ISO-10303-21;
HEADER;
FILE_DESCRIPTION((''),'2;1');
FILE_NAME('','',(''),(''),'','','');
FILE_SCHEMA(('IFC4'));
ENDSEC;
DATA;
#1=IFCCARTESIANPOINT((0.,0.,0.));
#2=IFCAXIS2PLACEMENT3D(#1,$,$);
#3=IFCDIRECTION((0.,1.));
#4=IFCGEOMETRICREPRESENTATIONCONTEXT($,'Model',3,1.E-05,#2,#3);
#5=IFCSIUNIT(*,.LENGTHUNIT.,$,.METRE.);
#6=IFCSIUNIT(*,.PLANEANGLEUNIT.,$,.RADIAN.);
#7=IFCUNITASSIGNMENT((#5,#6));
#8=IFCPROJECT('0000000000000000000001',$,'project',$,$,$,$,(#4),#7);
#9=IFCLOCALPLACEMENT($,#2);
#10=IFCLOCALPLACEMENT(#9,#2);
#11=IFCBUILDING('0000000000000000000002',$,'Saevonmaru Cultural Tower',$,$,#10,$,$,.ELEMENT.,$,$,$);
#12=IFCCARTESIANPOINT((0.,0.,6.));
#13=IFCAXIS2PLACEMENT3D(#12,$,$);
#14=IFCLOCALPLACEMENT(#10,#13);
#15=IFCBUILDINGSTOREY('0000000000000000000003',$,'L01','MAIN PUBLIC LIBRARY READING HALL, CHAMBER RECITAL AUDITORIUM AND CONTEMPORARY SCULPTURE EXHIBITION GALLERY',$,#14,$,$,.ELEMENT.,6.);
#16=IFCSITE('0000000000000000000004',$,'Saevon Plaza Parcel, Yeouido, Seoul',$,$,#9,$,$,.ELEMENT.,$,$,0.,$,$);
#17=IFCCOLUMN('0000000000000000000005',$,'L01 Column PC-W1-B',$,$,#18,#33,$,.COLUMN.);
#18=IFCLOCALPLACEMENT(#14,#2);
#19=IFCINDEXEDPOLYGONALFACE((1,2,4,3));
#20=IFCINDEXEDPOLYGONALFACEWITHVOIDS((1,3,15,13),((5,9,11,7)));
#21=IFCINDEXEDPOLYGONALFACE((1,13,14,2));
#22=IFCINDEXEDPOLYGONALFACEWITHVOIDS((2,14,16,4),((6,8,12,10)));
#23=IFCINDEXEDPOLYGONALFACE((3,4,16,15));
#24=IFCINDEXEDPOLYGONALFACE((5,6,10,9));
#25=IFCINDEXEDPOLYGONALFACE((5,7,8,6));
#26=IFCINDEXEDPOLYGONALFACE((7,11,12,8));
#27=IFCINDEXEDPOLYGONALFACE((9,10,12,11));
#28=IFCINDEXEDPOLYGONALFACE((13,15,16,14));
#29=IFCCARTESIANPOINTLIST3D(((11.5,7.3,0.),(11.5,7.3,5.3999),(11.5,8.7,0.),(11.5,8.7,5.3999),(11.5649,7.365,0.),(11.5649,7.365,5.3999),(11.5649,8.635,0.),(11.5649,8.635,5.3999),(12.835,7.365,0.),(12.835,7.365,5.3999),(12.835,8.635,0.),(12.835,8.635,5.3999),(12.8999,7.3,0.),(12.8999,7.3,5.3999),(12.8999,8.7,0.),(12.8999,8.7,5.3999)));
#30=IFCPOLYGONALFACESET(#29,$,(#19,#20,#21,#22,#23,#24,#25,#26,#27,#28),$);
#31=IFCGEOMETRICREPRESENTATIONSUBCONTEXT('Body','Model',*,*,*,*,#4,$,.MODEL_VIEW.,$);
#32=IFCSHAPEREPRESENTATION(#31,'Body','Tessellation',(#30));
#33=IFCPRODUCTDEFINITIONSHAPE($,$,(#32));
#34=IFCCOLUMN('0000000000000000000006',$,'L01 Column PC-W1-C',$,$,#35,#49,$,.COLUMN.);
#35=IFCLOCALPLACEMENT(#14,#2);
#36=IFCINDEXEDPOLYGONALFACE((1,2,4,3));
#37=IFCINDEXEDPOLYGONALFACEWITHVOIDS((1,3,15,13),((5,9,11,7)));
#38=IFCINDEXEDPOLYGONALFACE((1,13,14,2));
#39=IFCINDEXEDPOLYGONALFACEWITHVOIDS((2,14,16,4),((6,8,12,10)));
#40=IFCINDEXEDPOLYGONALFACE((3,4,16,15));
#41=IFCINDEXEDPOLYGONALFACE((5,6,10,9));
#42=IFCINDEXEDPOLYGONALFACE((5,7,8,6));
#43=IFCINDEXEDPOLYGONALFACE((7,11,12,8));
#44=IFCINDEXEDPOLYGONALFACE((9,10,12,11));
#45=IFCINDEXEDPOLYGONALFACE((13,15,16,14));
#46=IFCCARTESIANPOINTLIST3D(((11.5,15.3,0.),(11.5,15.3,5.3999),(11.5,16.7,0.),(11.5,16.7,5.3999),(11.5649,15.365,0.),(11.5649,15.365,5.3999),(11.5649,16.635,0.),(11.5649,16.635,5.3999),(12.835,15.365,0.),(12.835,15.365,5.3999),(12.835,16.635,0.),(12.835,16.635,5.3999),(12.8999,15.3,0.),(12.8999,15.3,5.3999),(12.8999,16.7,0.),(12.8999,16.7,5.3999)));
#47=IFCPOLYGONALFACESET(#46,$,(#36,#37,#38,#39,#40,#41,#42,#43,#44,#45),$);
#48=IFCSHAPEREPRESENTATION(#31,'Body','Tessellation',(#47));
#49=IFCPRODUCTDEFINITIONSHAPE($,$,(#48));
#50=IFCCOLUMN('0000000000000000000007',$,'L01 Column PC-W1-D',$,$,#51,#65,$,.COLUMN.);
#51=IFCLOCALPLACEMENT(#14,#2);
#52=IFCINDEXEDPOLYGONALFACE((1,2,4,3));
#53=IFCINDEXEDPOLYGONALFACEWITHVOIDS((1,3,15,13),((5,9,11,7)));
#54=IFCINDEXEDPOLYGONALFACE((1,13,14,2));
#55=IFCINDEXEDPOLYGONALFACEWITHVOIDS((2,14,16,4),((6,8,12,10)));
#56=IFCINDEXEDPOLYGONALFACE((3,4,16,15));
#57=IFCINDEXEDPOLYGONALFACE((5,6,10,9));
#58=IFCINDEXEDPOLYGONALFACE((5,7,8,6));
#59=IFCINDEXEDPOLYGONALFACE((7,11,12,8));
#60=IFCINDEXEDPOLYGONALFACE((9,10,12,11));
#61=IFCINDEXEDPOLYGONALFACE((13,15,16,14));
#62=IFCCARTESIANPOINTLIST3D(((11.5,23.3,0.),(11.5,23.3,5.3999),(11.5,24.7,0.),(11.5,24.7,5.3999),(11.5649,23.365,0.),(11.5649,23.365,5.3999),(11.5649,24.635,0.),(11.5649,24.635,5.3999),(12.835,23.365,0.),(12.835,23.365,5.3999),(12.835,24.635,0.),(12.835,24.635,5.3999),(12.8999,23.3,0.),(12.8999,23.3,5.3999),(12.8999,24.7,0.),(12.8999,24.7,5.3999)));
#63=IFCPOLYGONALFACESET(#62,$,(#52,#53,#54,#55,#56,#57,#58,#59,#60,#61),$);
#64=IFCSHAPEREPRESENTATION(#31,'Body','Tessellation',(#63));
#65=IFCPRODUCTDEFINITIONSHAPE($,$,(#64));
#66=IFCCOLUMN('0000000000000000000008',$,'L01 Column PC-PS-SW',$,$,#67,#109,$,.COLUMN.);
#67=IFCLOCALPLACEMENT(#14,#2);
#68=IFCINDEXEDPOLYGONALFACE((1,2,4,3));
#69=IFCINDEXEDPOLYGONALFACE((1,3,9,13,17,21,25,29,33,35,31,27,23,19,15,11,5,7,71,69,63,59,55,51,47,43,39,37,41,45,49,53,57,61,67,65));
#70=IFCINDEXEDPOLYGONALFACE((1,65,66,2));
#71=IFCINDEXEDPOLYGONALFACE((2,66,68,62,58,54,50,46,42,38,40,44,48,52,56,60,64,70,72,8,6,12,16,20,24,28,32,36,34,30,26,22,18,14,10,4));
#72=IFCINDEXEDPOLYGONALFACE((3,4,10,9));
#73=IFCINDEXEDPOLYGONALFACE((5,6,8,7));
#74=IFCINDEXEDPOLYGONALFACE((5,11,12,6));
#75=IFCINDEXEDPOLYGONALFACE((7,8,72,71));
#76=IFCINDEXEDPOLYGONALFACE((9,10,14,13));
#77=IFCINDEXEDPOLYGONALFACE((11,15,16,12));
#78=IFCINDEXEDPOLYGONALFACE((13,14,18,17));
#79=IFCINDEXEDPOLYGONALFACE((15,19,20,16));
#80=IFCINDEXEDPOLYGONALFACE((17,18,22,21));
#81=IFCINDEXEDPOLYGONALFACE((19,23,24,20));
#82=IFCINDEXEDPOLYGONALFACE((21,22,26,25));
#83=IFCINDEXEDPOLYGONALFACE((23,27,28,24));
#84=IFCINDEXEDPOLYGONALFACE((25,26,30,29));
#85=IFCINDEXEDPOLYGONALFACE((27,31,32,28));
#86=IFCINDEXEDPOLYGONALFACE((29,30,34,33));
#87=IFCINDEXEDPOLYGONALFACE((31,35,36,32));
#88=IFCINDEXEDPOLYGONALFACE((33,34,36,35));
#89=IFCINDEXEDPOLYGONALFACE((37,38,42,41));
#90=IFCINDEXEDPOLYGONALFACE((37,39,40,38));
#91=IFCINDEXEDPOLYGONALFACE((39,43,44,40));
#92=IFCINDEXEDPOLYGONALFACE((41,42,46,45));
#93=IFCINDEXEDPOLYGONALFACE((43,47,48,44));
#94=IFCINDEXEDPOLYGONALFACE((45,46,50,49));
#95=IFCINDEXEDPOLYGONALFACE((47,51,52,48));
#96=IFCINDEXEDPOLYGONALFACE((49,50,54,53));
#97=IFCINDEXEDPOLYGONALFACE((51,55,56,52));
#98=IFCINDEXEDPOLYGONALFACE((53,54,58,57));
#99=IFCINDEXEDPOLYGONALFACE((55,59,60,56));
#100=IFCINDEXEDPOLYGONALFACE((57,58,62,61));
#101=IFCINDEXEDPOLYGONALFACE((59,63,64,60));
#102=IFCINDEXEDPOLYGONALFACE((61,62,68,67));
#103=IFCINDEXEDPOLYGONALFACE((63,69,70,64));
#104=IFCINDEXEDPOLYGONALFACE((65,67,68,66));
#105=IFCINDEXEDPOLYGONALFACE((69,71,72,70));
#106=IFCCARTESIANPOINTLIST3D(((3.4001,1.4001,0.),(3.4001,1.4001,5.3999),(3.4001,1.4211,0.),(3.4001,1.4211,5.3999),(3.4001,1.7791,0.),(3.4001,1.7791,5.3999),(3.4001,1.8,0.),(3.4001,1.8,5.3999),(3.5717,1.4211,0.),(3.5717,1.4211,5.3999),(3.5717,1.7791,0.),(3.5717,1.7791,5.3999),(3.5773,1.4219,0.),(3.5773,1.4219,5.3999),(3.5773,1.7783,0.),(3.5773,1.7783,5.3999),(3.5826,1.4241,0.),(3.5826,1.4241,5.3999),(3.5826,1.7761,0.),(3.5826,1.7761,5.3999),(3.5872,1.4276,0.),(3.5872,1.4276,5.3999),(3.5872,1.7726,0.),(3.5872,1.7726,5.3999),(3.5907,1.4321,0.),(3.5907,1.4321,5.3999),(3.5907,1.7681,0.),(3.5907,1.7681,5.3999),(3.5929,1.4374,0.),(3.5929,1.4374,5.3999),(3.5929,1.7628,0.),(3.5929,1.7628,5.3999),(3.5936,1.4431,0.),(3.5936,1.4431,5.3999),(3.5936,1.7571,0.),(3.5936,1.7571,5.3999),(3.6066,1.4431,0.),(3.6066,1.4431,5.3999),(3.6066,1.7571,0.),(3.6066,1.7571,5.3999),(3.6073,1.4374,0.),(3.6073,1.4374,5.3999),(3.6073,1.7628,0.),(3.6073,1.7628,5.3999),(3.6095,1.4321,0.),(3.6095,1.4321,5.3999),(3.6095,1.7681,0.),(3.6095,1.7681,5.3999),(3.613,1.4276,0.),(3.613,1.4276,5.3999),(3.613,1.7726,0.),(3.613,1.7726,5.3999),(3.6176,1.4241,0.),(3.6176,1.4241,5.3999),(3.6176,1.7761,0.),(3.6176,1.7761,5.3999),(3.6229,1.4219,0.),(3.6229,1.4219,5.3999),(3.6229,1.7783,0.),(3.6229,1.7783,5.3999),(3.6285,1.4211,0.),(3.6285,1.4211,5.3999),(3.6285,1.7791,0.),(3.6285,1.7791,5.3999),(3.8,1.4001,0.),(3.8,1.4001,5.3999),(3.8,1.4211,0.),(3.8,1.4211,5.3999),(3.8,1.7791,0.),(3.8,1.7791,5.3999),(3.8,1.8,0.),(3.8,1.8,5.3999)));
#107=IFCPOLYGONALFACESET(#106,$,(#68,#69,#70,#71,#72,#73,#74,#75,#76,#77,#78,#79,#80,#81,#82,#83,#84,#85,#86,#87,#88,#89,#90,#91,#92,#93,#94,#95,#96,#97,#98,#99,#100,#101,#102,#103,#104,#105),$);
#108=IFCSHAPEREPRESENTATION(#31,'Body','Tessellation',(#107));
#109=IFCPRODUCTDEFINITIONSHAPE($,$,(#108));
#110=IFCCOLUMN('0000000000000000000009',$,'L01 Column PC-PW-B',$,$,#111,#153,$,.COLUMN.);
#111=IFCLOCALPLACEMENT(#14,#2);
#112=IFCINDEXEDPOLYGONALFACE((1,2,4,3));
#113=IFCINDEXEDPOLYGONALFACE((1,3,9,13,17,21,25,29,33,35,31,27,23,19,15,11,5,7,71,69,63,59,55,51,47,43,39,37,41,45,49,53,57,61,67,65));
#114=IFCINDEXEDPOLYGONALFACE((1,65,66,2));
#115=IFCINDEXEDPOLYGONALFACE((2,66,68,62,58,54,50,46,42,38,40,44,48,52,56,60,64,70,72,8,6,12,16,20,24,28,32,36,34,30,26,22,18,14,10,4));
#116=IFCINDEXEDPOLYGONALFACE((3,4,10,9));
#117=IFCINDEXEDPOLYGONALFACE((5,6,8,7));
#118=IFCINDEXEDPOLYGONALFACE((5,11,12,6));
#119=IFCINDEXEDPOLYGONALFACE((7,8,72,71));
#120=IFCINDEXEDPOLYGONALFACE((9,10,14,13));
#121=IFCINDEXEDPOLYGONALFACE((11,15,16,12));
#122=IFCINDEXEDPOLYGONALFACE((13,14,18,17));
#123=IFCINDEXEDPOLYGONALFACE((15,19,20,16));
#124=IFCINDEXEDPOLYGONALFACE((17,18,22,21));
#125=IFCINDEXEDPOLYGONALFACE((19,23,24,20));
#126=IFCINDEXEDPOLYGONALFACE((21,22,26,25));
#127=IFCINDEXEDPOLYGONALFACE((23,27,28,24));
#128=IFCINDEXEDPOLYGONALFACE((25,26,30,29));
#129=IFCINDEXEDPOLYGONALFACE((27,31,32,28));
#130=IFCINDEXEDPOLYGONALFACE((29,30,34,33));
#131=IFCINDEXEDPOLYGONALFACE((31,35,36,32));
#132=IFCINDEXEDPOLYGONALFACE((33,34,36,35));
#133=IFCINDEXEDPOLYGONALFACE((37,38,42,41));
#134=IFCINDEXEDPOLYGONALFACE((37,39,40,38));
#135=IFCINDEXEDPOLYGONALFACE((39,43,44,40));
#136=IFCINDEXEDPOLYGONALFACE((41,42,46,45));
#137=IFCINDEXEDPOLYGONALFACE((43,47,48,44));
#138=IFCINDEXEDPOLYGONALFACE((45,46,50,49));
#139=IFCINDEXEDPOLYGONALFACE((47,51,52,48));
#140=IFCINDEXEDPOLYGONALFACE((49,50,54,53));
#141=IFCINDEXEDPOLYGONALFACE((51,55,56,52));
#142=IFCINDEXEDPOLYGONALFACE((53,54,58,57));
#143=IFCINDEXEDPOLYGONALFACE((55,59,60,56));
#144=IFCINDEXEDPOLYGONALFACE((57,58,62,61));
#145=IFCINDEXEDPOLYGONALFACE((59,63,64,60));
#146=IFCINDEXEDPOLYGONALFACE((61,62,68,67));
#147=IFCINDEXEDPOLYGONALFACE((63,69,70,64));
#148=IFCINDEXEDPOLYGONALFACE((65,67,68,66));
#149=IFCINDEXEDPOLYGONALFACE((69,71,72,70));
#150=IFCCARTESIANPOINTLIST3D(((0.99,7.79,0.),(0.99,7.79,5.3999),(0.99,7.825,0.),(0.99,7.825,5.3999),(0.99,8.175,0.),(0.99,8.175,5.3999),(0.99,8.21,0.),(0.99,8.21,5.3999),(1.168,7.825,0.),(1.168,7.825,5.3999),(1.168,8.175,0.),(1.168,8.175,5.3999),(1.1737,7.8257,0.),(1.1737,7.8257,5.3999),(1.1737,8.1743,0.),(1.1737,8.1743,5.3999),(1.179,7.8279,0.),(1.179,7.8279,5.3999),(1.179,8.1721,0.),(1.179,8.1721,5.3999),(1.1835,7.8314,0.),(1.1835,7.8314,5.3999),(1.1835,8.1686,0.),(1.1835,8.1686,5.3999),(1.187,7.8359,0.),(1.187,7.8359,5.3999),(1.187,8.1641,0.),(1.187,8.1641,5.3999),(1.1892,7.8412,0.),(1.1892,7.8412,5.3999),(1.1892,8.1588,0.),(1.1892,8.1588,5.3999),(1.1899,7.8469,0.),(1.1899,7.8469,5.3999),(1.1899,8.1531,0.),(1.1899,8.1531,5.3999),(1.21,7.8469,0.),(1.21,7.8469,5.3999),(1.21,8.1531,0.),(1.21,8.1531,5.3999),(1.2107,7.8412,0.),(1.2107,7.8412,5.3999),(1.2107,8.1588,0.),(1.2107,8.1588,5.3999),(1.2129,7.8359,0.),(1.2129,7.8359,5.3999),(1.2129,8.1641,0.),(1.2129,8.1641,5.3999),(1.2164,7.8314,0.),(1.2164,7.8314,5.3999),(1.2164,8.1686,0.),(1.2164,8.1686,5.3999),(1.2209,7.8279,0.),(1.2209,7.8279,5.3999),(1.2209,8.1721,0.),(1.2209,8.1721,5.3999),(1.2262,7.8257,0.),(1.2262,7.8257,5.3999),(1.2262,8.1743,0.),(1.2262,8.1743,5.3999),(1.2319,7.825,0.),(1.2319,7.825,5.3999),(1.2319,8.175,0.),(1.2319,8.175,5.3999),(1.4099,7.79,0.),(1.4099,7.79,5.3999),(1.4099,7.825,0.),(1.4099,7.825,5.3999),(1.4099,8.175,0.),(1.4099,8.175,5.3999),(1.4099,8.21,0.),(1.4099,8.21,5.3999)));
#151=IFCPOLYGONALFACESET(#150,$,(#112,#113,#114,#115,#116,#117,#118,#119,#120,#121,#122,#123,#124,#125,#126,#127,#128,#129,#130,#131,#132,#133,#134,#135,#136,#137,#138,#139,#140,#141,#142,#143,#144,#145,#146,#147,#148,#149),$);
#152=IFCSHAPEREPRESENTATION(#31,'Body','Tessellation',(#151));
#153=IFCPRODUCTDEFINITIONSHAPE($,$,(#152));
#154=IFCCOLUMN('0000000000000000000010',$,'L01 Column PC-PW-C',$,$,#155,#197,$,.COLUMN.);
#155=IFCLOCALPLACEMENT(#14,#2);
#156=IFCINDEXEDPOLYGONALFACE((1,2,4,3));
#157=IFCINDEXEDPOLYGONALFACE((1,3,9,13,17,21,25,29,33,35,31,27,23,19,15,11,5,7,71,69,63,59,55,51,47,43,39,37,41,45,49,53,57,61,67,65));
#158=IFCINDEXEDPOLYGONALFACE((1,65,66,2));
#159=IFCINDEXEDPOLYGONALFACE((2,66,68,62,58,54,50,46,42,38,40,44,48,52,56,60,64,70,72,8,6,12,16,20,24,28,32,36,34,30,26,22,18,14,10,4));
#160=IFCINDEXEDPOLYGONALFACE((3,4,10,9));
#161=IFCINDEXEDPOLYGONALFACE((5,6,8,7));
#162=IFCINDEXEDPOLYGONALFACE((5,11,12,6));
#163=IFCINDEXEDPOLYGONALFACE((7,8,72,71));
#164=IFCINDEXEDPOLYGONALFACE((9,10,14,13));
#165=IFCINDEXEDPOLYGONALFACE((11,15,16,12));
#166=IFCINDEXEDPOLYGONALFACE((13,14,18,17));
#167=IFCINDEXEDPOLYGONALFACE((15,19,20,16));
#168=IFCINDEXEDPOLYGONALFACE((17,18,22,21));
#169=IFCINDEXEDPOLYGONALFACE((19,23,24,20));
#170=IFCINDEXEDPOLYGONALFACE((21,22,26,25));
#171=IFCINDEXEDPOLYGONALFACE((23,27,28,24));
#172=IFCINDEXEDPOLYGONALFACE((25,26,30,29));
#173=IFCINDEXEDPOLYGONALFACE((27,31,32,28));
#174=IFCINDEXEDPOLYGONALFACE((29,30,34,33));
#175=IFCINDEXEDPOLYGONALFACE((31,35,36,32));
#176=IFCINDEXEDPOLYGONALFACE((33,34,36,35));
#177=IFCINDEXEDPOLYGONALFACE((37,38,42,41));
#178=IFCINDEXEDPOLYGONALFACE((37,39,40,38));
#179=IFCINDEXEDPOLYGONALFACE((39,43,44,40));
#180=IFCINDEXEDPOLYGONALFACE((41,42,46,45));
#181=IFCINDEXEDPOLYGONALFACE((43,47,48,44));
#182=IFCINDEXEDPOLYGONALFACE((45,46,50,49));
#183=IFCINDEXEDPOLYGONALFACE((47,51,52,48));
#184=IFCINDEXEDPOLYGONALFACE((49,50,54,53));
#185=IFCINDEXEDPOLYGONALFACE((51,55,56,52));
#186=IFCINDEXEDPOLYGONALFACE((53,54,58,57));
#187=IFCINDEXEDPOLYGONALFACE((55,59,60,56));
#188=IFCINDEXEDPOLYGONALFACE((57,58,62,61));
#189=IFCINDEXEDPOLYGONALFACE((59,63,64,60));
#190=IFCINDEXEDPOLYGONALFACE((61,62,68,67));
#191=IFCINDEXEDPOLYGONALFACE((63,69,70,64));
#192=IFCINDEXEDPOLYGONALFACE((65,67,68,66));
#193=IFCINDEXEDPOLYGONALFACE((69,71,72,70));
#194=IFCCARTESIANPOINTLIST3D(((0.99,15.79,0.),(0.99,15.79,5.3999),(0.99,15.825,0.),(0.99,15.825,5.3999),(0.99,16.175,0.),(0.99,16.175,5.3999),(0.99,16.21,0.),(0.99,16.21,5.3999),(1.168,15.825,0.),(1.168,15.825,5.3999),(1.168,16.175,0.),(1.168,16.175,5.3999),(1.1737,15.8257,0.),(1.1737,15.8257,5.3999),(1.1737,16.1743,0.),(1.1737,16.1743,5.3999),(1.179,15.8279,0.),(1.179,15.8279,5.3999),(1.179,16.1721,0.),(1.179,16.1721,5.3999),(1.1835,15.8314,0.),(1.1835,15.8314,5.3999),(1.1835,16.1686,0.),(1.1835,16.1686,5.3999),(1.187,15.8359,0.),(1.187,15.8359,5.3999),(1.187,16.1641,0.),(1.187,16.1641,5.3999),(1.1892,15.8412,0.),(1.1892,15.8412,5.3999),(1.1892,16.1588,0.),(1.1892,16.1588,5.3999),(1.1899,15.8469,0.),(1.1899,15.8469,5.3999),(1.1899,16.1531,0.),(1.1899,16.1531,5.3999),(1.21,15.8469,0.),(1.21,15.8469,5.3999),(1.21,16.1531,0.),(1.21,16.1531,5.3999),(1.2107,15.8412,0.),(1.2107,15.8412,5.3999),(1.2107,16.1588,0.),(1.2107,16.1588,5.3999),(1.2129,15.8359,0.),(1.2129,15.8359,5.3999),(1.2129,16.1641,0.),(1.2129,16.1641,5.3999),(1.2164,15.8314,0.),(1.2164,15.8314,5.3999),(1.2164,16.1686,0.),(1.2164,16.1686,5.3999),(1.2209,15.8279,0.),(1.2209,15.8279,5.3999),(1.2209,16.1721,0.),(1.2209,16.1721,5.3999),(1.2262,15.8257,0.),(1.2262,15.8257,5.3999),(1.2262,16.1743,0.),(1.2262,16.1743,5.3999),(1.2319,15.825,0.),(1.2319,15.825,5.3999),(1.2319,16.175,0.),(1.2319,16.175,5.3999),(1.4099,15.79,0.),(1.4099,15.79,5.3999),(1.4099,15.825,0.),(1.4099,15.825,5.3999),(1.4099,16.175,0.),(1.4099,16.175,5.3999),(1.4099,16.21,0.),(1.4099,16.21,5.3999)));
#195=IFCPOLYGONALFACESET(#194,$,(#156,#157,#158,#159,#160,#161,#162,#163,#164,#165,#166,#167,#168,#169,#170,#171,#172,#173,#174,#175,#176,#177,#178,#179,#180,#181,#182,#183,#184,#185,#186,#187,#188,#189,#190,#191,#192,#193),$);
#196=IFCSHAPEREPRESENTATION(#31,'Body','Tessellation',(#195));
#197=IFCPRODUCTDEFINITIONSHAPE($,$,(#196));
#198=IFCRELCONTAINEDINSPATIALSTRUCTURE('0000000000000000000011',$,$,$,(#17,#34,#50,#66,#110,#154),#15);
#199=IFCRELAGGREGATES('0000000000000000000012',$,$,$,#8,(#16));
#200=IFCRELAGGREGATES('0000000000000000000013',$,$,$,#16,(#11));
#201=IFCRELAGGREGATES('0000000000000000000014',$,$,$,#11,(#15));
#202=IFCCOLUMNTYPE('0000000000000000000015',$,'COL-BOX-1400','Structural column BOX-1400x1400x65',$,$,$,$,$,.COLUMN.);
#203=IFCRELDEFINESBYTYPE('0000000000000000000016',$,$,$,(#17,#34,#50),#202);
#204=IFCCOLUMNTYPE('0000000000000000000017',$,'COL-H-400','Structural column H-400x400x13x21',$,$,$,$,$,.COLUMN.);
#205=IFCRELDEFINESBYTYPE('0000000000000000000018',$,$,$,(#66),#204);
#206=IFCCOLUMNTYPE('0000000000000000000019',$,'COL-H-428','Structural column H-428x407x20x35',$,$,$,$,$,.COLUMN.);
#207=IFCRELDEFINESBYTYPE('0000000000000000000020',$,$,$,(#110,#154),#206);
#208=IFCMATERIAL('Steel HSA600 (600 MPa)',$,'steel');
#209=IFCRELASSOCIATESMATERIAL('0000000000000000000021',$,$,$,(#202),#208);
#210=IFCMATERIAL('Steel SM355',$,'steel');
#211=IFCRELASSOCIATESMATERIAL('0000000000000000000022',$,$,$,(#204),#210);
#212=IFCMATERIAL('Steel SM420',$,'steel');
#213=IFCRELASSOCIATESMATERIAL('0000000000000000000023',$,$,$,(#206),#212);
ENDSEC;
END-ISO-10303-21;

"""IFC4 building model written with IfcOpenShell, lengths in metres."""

from ifc_helpers import new_model, si_unit, direction, frame, origin, origin_2d, place, context, subcontext, project, spatial, hollow_rectangle, i_section, extrude, material, material_profile, profile_set, type_object, element, save


model = new_model("IFC4")

# Units and contexts
model_context = context("Model", 3, precision=1e-05, world=origin(), true_north=direction((0.0, 1.0)))
body_context = subcontext(model_context, "Body", "Model", "MODEL_VIEW")
ifc_project = project(units=[si_unit("LENGTHUNIT", "METRE"), si_unit("PLANEANGLEUNIT", "RADIAN")], contexts=[model_context])

# Site, building, storey
site_placement = place(None, origin())
site = spatial("IfcSite", under=ifc_project, at=site_placement, Name="Saevon Plaza Parcel, Yeouido, Seoul", CompositionType="ELEMENT", RefElevation=0.0)
building_placement = place(site_placement, origin())
building = spatial("IfcBuilding", under=site, at=building_placement, Name="Saevonmaru Cultural Tower", CompositionType="ELEMENT")
storey_placement = place(building_placement, frame((0.0, 0.0, 6.0)))
storey = spatial("IfcBuildingStorey", under=building, at=storey_placement, Name="L01", Description="MAIN PUBLIC LIBRARY READING HALL, CHAMBER RECITAL AUDITORIUM AND CONTEMPORARY SCULPTURE EXHIBITION GALLERY", CompositionType="ELEMENT", Elevation=6.0)

# Columns
ifc_material_1 = material(Name="Steel HSA600 (600 MPa)", Category="steel")
ifc_material_profile_1 = material_profile(ifc_material_1, hollow_rectangle(XDim=1.3999, YDim=1.3999, WallThickness=0.0649, at=origin_2d()), Name="BOX-1400x1400x65")
ifc_profile_set_1 = profile_set([ifc_material_profile_1], Name="Steel HSA600 (600 MPa)")
column_type_1 = type_object("IfcColumnType", Name="COL-BOX-1400", Description="Structural column BOX-1400x1400x65", PredefinedType="COLUMN", material=ifc_profile_set_1)
for number, where, z_axis, x_axis, name in (
    (1, (12.2, 8.0, 0.0), (0.0, 0.0, 1.0), (1.0, 0.0, 0.0), "L01 Column PC-W1-B"),
    (2, (12.2, 16.0, 0.0), (0.0, 0.0, 1.0), (1.0, 0.0, 0.0), "L01 Column PC-W1-C"),
    (3, (12.2, 24.0, 0.0), (0.0, 0.0, 1.0), (1.0, 0.0, 0.0), "L01 Column PC-W1-D"),
):
    element("IfcColumn", number, at=place(storey_placement, frame(where, z_axis=z_axis, x_axis=x_axis)), inside=storey, type_object=column_type_1, Name=name, PredefinedType="COLUMN", context=body_context, shape_type="SweptSolid", body=[
        extrude(hollow_rectangle(XDim=1.3999, YDim=1.3999, WallThickness=0.0649, at=origin_2d()), origin(), (0.0, 0.0, 1.0), 5.3999),
    ])
ifc_material_2 = material(Name="Steel SM355", Category="steel")
ifc_material_profile_2 = material_profile(ifc_material_2, i_section(OverallWidth=0.3999, OverallDepth=0.3999, WebThickness=0.0129, FlangeThickness=0.021, FilletRadius=0.022, at=origin_2d()), Name="H-400x400x13x21")
ifc_profile_set_2 = profile_set([ifc_material_profile_2], Name="Steel SM355")
column_type_2 = type_object("IfcColumnType", Name="COL-H-400", Description="Structural column H-400x400x13x21", PredefinedType="COLUMN", material=ifc_profile_set_2)
column_placement = place(storey_placement, frame((3.6001, 1.6001, 0.0), z_axis=(0.0, 0.0, 1.0), x_axis=(1.0, 0.0, 0.0)))
element("IfcColumn", 4, at=column_placement, inside=storey, type_object=column_type_2, Name="L01 Column PC-PS-SW", PredefinedType="COLUMN", context=body_context, shape_type="SweptSolid", body=[
    extrude(i_section(OverallWidth=0.3999, OverallDepth=0.3999, WebThickness=0.0129, FlangeThickness=0.021, FilletRadius=0.022, at=origin_2d()), origin(), (0.0, 0.0, 1.0), 5.3999),
])
ifc_material_3 = material(Name="Steel SM420", Category="steel")
ifc_material_profile_3 = material_profile(ifc_material_3, i_section(OverallWidth=0.4199, OverallDepth=0.4199, WebThickness=0.02, FlangeThickness=0.0349, FilletRadius=0.022, at=origin_2d()), Name="H-428x407x20x35")
ifc_profile_set_3 = profile_set([ifc_material_profile_3], Name="Steel SM420")
column_type_3 = type_object("IfcColumnType", Name="COL-H-428", Description="Structural column H-428x407x20x35", PredefinedType="COLUMN", material=ifc_profile_set_3)
for number, where, z_axis, x_axis, name in (
    (5, (1.2, 8.0, 0.0), (0.0, 0.0, 1.0), (1.0, 0.0, 0.0), "L01 Column PC-PW-B"),
    (6, (1.2, 16.0, 0.0), (0.0, 0.0, 1.0), (1.0, 0.0, 0.0), "L01 Column PC-PW-C"),
):
    element("IfcColumn", number, at=place(storey_placement, frame(where, z_axis=z_axis, x_axis=x_axis)), inside=storey, type_object=column_type_3, Name=name, PredefinedType="COLUMN", context=body_context, shape_type="SweptSolid", body=[
        extrude(i_section(OverallWidth=0.4199, OverallDepth=0.4199, WebThickness=0.02, FlangeThickness=0.0349, FilletRadius=0.022, at=origin_2d()), origin(), (0.0, 0.0, 1.0), 5.3999),
    ])

save(model, "model.ifc")
